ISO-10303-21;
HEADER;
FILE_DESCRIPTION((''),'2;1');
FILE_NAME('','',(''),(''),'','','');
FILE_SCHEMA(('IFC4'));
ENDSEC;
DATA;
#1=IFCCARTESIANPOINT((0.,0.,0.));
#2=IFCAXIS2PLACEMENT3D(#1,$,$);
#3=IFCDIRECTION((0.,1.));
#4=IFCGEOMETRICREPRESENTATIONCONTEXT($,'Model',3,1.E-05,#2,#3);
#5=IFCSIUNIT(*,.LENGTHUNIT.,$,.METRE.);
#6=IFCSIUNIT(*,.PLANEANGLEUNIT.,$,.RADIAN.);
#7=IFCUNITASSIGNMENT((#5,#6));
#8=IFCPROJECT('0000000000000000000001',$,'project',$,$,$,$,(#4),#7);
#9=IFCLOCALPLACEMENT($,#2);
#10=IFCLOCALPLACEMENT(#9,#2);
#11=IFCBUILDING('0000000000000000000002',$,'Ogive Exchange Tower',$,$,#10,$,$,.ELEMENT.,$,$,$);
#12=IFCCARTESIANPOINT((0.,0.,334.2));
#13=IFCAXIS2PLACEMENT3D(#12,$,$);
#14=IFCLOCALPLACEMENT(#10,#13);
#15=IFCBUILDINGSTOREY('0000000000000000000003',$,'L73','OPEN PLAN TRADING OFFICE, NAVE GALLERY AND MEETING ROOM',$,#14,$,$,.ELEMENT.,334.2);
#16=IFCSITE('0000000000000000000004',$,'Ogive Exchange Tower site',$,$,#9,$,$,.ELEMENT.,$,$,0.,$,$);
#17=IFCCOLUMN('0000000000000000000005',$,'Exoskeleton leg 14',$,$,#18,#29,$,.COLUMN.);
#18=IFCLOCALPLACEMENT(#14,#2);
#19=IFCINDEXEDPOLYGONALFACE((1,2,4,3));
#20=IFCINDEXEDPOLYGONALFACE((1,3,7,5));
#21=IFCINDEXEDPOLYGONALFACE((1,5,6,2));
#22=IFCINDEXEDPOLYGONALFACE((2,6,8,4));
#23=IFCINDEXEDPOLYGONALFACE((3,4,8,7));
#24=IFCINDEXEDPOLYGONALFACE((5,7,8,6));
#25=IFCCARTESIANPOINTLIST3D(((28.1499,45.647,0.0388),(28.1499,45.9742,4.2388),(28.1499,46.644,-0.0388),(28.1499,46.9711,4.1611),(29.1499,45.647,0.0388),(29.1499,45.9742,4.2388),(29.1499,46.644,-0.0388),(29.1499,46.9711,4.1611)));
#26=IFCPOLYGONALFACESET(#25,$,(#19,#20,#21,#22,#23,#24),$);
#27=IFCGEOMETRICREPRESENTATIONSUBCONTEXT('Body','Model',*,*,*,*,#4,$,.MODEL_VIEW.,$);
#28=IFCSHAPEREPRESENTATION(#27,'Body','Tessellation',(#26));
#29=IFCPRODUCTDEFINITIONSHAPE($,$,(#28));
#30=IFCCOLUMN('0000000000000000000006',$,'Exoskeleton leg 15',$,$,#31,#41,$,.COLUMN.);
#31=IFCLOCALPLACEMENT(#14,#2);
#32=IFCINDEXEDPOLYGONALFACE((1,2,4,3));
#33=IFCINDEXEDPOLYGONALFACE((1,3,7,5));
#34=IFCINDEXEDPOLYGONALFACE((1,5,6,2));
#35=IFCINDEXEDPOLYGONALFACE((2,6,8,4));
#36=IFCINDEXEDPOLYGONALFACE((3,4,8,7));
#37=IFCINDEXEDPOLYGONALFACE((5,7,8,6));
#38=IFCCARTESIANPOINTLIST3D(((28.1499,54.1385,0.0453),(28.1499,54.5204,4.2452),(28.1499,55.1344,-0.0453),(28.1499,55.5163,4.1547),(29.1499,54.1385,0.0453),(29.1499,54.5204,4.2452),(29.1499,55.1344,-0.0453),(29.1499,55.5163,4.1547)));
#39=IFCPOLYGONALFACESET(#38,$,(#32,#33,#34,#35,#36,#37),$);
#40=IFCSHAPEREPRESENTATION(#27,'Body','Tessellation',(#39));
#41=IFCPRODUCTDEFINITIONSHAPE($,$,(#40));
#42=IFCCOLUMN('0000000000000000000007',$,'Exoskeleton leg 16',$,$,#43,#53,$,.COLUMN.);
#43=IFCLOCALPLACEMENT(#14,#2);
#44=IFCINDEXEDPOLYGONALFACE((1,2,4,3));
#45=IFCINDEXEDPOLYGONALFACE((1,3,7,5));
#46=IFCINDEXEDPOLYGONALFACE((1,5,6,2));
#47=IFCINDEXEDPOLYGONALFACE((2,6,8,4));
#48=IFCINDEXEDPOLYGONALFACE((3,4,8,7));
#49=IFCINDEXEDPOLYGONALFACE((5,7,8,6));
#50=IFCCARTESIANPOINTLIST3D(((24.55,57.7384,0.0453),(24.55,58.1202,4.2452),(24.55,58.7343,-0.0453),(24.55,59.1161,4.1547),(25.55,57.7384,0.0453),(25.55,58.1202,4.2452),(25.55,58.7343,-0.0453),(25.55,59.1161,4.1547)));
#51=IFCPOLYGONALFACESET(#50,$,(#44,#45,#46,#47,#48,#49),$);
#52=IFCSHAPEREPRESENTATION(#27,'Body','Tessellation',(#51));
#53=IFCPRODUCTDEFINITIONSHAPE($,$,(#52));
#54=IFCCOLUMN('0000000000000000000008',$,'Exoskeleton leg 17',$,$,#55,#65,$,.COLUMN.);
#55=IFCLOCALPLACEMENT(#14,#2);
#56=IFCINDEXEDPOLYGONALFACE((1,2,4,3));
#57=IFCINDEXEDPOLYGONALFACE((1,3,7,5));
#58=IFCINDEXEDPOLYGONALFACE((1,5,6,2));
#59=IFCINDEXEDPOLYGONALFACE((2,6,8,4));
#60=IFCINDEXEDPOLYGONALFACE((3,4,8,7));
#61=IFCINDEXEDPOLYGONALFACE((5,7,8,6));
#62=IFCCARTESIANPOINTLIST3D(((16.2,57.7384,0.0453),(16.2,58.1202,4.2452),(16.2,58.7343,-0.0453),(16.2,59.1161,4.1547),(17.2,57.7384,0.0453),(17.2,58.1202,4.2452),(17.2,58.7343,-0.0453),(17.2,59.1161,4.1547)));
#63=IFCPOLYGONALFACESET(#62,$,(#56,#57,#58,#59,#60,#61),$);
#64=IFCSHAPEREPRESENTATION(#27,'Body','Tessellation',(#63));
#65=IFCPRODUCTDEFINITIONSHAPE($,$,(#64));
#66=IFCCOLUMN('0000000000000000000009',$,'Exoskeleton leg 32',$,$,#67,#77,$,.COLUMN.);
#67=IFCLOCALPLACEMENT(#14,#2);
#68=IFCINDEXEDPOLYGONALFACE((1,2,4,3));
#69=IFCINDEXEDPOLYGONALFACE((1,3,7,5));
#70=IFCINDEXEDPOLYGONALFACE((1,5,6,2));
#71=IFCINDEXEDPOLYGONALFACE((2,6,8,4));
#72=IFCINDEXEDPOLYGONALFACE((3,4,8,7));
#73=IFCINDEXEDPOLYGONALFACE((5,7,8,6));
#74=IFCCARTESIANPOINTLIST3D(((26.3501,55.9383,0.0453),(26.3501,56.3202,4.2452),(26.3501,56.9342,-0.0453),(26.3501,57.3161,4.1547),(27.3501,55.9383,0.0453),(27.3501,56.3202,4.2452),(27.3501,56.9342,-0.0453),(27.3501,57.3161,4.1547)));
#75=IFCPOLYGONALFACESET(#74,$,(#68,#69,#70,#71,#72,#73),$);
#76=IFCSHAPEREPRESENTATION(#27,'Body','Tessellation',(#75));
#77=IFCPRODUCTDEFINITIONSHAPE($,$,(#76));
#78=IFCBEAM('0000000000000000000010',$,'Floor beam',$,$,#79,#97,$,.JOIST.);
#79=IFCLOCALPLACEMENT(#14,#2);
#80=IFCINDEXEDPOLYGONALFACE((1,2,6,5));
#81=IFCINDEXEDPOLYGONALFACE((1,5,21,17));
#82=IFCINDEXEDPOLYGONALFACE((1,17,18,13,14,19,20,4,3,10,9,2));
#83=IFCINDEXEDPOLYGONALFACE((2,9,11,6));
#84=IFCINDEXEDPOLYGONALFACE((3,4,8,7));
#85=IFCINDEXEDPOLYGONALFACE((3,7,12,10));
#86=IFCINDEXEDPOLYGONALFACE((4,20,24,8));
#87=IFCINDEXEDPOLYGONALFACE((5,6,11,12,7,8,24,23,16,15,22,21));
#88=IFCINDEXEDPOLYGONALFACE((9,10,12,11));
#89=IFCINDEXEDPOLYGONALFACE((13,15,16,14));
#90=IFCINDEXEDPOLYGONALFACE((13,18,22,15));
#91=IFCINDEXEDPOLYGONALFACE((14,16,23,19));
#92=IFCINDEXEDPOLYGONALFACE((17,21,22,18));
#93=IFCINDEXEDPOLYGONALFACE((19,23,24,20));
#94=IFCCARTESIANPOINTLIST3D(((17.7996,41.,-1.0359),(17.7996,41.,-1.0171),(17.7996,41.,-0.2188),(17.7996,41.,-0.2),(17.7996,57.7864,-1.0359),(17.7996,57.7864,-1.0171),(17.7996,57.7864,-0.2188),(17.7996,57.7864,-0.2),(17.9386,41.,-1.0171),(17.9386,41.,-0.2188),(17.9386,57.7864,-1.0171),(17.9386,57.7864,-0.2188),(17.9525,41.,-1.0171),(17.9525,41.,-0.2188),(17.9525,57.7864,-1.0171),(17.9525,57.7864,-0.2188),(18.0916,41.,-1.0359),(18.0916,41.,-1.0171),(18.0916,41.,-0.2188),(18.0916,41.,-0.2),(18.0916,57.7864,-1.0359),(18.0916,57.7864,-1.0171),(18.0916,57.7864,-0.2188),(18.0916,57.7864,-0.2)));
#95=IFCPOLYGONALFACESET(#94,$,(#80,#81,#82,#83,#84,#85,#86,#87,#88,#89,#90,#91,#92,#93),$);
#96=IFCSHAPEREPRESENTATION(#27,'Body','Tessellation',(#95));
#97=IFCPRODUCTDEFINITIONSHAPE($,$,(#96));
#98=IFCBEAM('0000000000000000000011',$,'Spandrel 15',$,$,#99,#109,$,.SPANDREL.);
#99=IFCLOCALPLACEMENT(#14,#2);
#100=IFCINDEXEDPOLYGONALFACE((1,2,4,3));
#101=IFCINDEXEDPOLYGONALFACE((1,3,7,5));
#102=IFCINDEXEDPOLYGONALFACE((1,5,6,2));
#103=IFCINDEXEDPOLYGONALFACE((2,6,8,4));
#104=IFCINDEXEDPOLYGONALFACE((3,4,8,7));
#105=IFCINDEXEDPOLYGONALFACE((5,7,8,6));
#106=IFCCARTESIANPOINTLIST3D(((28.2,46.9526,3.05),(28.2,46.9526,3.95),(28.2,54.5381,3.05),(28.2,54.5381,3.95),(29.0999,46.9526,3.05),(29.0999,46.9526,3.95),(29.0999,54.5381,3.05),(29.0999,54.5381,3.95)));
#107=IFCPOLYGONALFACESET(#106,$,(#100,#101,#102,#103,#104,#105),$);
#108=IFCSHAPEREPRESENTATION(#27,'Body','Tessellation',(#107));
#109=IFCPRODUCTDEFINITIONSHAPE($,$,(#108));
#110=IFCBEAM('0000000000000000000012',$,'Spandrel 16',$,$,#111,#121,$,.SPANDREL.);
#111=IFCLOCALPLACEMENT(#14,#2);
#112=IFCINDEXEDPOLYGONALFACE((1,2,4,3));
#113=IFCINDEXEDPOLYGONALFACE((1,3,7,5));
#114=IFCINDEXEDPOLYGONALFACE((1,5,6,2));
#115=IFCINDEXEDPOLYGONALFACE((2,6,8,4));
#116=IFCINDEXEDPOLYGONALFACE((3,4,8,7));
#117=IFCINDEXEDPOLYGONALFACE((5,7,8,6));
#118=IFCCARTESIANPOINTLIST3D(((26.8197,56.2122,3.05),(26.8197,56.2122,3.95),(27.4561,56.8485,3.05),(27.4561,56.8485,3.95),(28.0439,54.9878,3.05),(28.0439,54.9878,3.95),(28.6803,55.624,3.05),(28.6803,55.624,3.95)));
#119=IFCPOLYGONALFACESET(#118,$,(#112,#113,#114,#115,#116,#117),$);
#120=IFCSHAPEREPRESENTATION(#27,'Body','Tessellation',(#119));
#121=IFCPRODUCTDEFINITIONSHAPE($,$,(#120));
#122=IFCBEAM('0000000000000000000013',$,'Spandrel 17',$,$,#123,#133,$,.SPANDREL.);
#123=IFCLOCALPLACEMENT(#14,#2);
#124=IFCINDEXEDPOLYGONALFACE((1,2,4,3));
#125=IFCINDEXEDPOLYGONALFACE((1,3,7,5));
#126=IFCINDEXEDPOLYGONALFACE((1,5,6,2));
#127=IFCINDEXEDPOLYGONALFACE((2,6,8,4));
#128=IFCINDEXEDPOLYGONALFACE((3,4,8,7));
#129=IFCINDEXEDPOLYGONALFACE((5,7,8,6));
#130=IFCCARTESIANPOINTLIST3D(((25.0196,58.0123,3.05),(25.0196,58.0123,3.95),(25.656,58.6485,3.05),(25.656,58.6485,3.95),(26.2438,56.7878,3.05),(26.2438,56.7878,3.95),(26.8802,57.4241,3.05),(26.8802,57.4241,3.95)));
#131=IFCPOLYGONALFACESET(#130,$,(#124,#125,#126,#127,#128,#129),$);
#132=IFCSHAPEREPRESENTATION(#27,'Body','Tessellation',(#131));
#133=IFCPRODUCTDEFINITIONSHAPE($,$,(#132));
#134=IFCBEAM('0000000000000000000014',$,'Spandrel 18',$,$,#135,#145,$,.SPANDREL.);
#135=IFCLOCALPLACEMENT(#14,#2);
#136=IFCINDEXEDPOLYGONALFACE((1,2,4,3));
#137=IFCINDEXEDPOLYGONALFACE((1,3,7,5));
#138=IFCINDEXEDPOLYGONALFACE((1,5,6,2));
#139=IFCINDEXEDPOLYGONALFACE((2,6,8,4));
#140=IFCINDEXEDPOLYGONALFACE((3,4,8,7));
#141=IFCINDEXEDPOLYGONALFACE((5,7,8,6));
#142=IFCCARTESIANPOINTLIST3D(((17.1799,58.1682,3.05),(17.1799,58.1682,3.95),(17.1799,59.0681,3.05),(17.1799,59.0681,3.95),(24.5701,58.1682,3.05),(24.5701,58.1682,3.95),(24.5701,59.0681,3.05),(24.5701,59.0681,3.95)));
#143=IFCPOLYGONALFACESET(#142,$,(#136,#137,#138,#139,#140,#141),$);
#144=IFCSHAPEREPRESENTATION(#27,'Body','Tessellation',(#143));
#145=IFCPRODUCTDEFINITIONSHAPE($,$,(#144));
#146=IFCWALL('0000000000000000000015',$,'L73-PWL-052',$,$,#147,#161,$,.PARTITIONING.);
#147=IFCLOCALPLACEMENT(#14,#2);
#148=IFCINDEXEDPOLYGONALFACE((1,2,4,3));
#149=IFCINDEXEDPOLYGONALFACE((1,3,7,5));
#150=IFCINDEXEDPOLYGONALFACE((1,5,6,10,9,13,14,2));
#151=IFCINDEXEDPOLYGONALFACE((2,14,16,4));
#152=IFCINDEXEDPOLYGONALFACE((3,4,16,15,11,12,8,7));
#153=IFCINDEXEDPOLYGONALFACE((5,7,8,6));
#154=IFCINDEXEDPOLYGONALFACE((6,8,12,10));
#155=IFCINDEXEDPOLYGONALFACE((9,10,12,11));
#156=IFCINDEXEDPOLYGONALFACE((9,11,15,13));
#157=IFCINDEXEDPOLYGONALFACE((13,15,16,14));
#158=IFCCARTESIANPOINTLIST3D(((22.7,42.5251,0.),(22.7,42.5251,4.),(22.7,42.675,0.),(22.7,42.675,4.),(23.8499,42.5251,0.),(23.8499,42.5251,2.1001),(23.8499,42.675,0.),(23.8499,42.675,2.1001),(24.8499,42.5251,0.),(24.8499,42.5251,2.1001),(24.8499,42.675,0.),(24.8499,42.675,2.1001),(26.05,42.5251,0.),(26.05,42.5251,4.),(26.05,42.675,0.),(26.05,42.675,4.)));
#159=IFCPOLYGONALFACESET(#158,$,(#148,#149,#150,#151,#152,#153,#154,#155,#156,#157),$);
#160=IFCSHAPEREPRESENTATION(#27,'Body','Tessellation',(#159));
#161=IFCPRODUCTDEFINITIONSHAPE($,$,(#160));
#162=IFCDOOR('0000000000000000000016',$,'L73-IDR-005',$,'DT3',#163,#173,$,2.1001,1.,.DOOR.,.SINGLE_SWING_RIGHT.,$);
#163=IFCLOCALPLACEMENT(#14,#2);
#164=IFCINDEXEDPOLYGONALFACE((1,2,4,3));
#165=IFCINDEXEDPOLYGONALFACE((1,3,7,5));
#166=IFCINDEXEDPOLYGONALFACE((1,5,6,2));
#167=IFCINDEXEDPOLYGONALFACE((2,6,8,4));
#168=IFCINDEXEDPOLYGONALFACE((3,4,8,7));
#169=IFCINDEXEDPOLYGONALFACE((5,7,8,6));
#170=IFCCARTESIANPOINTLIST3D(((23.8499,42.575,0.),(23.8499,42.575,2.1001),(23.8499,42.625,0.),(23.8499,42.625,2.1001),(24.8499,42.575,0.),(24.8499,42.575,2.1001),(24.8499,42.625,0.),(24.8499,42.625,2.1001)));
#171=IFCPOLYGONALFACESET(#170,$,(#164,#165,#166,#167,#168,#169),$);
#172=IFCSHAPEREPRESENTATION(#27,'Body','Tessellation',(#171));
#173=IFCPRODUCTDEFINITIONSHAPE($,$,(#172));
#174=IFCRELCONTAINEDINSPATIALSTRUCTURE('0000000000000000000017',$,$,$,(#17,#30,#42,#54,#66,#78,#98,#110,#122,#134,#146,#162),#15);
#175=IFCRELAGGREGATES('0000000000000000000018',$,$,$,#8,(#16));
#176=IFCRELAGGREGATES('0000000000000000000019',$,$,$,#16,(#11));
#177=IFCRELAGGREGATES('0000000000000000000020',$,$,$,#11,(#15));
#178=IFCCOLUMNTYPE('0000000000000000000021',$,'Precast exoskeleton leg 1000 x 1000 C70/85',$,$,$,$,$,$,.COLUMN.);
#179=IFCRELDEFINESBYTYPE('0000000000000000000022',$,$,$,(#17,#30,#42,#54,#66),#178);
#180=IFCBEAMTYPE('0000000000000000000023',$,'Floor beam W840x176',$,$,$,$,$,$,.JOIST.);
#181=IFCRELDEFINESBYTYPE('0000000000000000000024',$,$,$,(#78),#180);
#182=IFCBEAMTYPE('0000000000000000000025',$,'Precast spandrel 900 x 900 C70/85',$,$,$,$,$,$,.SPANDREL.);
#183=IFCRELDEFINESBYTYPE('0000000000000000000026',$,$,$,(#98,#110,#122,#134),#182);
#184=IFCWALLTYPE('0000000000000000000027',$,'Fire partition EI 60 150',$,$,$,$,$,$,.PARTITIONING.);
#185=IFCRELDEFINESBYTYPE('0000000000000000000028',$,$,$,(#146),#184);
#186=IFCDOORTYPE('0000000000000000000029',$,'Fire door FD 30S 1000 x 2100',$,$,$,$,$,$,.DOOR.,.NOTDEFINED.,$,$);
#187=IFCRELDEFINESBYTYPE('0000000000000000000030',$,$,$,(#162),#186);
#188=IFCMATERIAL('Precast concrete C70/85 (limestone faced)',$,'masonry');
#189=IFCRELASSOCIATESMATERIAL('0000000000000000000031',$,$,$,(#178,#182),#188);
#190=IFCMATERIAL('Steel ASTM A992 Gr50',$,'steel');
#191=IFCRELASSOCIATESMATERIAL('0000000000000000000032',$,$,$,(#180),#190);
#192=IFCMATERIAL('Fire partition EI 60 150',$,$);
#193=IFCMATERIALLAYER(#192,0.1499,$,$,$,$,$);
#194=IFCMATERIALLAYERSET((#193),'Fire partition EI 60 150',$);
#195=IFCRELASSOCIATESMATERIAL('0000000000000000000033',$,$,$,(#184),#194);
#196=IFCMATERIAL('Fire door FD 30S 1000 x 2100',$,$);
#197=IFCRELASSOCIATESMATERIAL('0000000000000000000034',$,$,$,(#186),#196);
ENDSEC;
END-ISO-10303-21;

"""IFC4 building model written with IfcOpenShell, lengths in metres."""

from ifc_helpers import new_model, si_unit, direction, frame, frame_2d, origin, origin_2d, place, context, subcontext, project, spatial, rectangle, i_section, extrude, material, layer, layer_set, material_profile, profile_set, type_object, element, fill, save


model = new_model("IFC4")

# Units and contexts
model_context = context("Model", 3, precision=1e-05, world=origin(), true_north=direction((0.0, 1.0)))
body_context = subcontext(model_context, "Body", "Model", "MODEL_VIEW")
ifc_project = project(units=[si_unit("LENGTHUNIT", "METRE"), si_unit("PLANEANGLEUNIT", "RADIAN")], contexts=[model_context])

# Site, building, storey
site_placement = place(None, origin())
site = spatial("IfcSite", under=ifc_project, at=site_placement, Name="Ogive Exchange Tower site", CompositionType="ELEMENT", RefElevation=0.0)
building_placement = place(site_placement, origin())
building = spatial("IfcBuilding", under=site, at=building_placement, Name="Ogive Exchange Tower", CompositionType="ELEMENT")
storey_placement = place(building_placement, frame((0.0, 0.0, 334.2)))
storey = spatial("IfcBuildingStorey", under=building, at=storey_placement, Name="L73", Description="OPEN PLAN TRADING OFFICE, NAVE GALLERY AND MEETING ROOM", CompositionType="ELEMENT", Elevation=334.2)

# Columns
ifc_material_1 = material(Name="Precast concrete C70/85 (limestone faced)", Category="masonry")
ifc_material_profile_1 = material_profile(ifc_material_1, rectangle(XDim=1.0, YDim=1.0, at=origin_2d()), Name="1000 x 1000")
ifc_profile_set_1 = profile_set([ifc_material_profile_1], Name="Precast concrete C70/85 (limestone faced)")
column_type = type_object("IfcColumnType", Name="Precast exoskeleton leg 1000 x 1000 C70/85", PredefinedType="COLUMN", material=ifc_profile_set_1)
column_placement = place(storey_placement, frame((28.6499, 46.1455, 0.0), z_axis=(0.0, 0.077658, 0.99698), x_axis=(-1.0, 0.0, 0.0)))
element("IfcColumn", 1, at=column_placement, inside=storey, type_object=column_type, Name="Exoskeleton leg 14", PredefinedType="COLUMN", context=body_context, shape_type="SweptSolid", body=[
    extrude(rectangle(XDim=1.0, YDim=1.0, at=origin_2d()), origin(), (0.0, 0.0, 1.0), 4.2126),
])
for number, where, z_axis, x_axis, name in (
    (2, (28.6499, 54.6365, 0.0), (0.0, 0.090541, 0.995893), (-1.0, 0.0, 0.0), "Exoskeleton leg 15"),
    (3, (25.05, 58.2363, 0.0), (0.0, 0.090541, 0.995893), (-1.0, 0.0, 0.0), "Exoskeleton leg 16"),
    (4, (16.7, 58.2363, 0.0), (0.0, 0.090541, 0.995893), (-1.0, 0.0, 0.0), "Exoskeleton leg 17"),
    (5, (26.8501, 56.4363, 0.0), (0.0, 0.090541, 0.995893), (-1.0, 0.0, 0.0), "Exoskeleton leg 32"),
):
    element("IfcColumn", number, at=place(storey_placement, frame(where, z_axis=z_axis, x_axis=x_axis)), inside=storey, type_object=column_type, Name=name, PredefinedType="COLUMN", context=body_context, shape_type="SweptSolid", body=[
        extrude(rectangle(XDim=1.0, YDim=1.0, at=origin_2d()), origin(), (0.0, 0.0, 1.0), 4.2173),
    ])

# Beams
ifc_material_2 = material(Name="Steel ASTM A992 Gr50", Category="steel")
ifc_material_profile_2 = material_profile(ifc_material_2, i_section(OverallWidth=0.292, OverallDepth=0.8359, WebThickness=0.0139, FlangeThickness=0.0188, at=origin_2d()), Name="W840x176")
ifc_profile_set_2 = profile_set([ifc_material_profile_2], Name="Steel ASTM A992 Gr50")
beam_type_1 = type_object("IfcBeamType", Name="Floor beam W840x176", PredefinedType="JOIST", material=ifc_profile_set_2)
beam_1_placement = place(storey_placement, frame((17.9456, 41.0, -0.6179), z_axis=(0.0, 1.0, 0.0), x_axis=(-1.0, 0.0, 0.0)))
element("IfcBeam", 6, at=beam_1_placement, inside=storey, type_object=beam_type_1, Name="Floor beam", PredefinedType="JOIST", context=body_context, shape_type="SweptSolid", body=[
    extrude(i_section(OverallWidth=0.292, OverallDepth=0.8359, WebThickness=0.0139, FlangeThickness=0.0188, at=origin_2d()), origin(), (0.0, 0.0, 1.0), 16.7864),
])
ifc_material_profile_3 = material_profile(ifc_material_1, rectangle(XDim=0.8999, YDim=0.8999, at=origin_2d()), Name="900 x 900")
ifc_profile_set_3 = profile_set([ifc_material_profile_3], Name="Precast concrete C70/85 (limestone faced)")
beam_type_2 = type_object("IfcBeamType", Name="Precast spandrel 900 x 900 C70/85", PredefinedType="SPANDREL", material=ifc_profile_set_3)
beam_2_placement = place(storey_placement, frame((28.6499, 46.9526, 3.5), z_axis=(0.0, 1.0, 0.0), x_axis=(-1.0, 0.0, 0.0)))
element("IfcBeam", 7, at=beam_2_placement, inside=storey, type_object=beam_type_2, Name="Spandrel 15", PredefinedType="SPANDREL", context=body_context, shape_type="SweptSolid", body=[
    extrude(rectangle(XDim=0.8999, YDim=0.8999, at=origin_2d()), origin(), (0.0, 0.0, 1.0), 7.5854),
])
for number, where, z_axis, x_axis, name in (
    (8, (28.3621, 55.3059, 3.5), (-0.707036, 0.707177, 0.0), (-0.707177, -0.707036, 0.0), "Spandrel 16"),
    (9, (26.562, 57.106, 3.5), (-0.707036, 0.707177, 0.0), (-0.707177, -0.707036, 0.0), "Spandrel 17"),
):
    element("IfcBeam", number, at=place(storey_placement, frame(where, z_axis=z_axis, x_axis=x_axis)), inside=storey, type_object=beam_type_2, Name=name, PredefinedType="SPANDREL", context=body_context, shape_type="SweptSolid", body=[
        extrude(rectangle(XDim=0.8999, YDim=0.8999, at=origin_2d()), origin(), (0.0, 0.0, 1.0), 1.7314),
    ])
beam_3_placement = place(storey_placement, frame((24.5701, 58.6182, 3.5), z_axis=(-1.0, 0.0, 0.0), x_axis=(0.0, -1.0, 0.0)))
element("IfcBeam", 10, at=beam_3_placement, inside=storey, type_object=beam_type_2, Name="Spandrel 18", PredefinedType="SPANDREL", context=body_context, shape_type="SweptSolid", body=[
    extrude(rectangle(XDim=0.8999, YDim=0.8999, at=origin_2d()), origin(), (0.0, 0.0, 1.0), 7.3901),
])

# Wall, opening, door
ifc_material_3 = material(Name="Fire partition EI 60 150")
ifc_layer_1 = layer(ifc_material_3, 0.1499)
ifc_layer_set_1 = layer_set([ifc_layer_1], Name="Fire partition EI 60 150")
wall_type_1 = type_object("IfcWallType", Name="Fire partition EI 60 150", PredefinedType="PARTITIONING", material=ifc_layer_set_1)
wall_1_placement = place(storey_placement, frame((22.7, 42.6001, 0.0), z_axis=(0.0, 0.0, 1.0), x_axis=(1.0, 0.0, 0.0)))
wall_1 = element("IfcWall", 11, at=wall_1_placement, inside=storey, type_object=wall_type_1, Name="L73-PWL-052", PredefinedType="PARTITIONING", context=body_context, shape_type="SweptSolid", body=[
    extrude(rectangle(XDim=3.3501, YDim=0.1499, at=frame_2d((1.675, 0.0))), origin(), (0.0, 0.0, 1.0), 4.0),
])
opening_1_placement = place(wall_1_placement, frame((1.1499, 0.0, 0.0)))
opening_1 = element("IfcOpeningElement", 12, at=opening_1_placement, cuts=wall_1, PredefinedType="OPENING", context=body_context, shape_type="SweptSolid", body=[
    extrude(rectangle(XDim=1.0, YDim=2.1001, at=frame_2d((0.5, 1.05))), frame((0.0, 0.085, 0.0), z_axis=(0.0, -1.0, 0.0), x_axis=(1.0, 0.0, 0.0)), (0.0, 0.0, 1.0), 0.1699),
])
ifc_material_4 = material(Name="Fire door FD 30S 1000 x 2100")
door_type_1 = type_object("IfcDoorType", Name="Fire door FD 30S 1000 x 2100", OperationType="NOTDEFINED", PredefinedType="DOOR", material=ifc_material_4)
door_1_placement = place(opening_1_placement, origin())
door_1 = element("IfcDoor", 13, at=door_1_placement, inside=storey, type_object=door_type_1, Name="L73-IDR-005", ObjectType="DT3", OperationType="SINGLE_SWING_RIGHT", OverallHeight=2.1001, OverallWidth=1.0, PredefinedType="DOOR", context=body_context, shape_type="SweptSolid", body=[
    extrude(rectangle(XDim=1.0, YDim=2.1001, at=frame_2d((0.5, 1.05))), frame((0.0, 0.0249, 0.0), z_axis=(0.0, -1.0, 0.0), x_axis=(1.0, 0.0, 0.0)), (0.0, 0.0, 1.0), 0.05),
])
fill(opening_1, door_1)

save(model, "model.ifc")
